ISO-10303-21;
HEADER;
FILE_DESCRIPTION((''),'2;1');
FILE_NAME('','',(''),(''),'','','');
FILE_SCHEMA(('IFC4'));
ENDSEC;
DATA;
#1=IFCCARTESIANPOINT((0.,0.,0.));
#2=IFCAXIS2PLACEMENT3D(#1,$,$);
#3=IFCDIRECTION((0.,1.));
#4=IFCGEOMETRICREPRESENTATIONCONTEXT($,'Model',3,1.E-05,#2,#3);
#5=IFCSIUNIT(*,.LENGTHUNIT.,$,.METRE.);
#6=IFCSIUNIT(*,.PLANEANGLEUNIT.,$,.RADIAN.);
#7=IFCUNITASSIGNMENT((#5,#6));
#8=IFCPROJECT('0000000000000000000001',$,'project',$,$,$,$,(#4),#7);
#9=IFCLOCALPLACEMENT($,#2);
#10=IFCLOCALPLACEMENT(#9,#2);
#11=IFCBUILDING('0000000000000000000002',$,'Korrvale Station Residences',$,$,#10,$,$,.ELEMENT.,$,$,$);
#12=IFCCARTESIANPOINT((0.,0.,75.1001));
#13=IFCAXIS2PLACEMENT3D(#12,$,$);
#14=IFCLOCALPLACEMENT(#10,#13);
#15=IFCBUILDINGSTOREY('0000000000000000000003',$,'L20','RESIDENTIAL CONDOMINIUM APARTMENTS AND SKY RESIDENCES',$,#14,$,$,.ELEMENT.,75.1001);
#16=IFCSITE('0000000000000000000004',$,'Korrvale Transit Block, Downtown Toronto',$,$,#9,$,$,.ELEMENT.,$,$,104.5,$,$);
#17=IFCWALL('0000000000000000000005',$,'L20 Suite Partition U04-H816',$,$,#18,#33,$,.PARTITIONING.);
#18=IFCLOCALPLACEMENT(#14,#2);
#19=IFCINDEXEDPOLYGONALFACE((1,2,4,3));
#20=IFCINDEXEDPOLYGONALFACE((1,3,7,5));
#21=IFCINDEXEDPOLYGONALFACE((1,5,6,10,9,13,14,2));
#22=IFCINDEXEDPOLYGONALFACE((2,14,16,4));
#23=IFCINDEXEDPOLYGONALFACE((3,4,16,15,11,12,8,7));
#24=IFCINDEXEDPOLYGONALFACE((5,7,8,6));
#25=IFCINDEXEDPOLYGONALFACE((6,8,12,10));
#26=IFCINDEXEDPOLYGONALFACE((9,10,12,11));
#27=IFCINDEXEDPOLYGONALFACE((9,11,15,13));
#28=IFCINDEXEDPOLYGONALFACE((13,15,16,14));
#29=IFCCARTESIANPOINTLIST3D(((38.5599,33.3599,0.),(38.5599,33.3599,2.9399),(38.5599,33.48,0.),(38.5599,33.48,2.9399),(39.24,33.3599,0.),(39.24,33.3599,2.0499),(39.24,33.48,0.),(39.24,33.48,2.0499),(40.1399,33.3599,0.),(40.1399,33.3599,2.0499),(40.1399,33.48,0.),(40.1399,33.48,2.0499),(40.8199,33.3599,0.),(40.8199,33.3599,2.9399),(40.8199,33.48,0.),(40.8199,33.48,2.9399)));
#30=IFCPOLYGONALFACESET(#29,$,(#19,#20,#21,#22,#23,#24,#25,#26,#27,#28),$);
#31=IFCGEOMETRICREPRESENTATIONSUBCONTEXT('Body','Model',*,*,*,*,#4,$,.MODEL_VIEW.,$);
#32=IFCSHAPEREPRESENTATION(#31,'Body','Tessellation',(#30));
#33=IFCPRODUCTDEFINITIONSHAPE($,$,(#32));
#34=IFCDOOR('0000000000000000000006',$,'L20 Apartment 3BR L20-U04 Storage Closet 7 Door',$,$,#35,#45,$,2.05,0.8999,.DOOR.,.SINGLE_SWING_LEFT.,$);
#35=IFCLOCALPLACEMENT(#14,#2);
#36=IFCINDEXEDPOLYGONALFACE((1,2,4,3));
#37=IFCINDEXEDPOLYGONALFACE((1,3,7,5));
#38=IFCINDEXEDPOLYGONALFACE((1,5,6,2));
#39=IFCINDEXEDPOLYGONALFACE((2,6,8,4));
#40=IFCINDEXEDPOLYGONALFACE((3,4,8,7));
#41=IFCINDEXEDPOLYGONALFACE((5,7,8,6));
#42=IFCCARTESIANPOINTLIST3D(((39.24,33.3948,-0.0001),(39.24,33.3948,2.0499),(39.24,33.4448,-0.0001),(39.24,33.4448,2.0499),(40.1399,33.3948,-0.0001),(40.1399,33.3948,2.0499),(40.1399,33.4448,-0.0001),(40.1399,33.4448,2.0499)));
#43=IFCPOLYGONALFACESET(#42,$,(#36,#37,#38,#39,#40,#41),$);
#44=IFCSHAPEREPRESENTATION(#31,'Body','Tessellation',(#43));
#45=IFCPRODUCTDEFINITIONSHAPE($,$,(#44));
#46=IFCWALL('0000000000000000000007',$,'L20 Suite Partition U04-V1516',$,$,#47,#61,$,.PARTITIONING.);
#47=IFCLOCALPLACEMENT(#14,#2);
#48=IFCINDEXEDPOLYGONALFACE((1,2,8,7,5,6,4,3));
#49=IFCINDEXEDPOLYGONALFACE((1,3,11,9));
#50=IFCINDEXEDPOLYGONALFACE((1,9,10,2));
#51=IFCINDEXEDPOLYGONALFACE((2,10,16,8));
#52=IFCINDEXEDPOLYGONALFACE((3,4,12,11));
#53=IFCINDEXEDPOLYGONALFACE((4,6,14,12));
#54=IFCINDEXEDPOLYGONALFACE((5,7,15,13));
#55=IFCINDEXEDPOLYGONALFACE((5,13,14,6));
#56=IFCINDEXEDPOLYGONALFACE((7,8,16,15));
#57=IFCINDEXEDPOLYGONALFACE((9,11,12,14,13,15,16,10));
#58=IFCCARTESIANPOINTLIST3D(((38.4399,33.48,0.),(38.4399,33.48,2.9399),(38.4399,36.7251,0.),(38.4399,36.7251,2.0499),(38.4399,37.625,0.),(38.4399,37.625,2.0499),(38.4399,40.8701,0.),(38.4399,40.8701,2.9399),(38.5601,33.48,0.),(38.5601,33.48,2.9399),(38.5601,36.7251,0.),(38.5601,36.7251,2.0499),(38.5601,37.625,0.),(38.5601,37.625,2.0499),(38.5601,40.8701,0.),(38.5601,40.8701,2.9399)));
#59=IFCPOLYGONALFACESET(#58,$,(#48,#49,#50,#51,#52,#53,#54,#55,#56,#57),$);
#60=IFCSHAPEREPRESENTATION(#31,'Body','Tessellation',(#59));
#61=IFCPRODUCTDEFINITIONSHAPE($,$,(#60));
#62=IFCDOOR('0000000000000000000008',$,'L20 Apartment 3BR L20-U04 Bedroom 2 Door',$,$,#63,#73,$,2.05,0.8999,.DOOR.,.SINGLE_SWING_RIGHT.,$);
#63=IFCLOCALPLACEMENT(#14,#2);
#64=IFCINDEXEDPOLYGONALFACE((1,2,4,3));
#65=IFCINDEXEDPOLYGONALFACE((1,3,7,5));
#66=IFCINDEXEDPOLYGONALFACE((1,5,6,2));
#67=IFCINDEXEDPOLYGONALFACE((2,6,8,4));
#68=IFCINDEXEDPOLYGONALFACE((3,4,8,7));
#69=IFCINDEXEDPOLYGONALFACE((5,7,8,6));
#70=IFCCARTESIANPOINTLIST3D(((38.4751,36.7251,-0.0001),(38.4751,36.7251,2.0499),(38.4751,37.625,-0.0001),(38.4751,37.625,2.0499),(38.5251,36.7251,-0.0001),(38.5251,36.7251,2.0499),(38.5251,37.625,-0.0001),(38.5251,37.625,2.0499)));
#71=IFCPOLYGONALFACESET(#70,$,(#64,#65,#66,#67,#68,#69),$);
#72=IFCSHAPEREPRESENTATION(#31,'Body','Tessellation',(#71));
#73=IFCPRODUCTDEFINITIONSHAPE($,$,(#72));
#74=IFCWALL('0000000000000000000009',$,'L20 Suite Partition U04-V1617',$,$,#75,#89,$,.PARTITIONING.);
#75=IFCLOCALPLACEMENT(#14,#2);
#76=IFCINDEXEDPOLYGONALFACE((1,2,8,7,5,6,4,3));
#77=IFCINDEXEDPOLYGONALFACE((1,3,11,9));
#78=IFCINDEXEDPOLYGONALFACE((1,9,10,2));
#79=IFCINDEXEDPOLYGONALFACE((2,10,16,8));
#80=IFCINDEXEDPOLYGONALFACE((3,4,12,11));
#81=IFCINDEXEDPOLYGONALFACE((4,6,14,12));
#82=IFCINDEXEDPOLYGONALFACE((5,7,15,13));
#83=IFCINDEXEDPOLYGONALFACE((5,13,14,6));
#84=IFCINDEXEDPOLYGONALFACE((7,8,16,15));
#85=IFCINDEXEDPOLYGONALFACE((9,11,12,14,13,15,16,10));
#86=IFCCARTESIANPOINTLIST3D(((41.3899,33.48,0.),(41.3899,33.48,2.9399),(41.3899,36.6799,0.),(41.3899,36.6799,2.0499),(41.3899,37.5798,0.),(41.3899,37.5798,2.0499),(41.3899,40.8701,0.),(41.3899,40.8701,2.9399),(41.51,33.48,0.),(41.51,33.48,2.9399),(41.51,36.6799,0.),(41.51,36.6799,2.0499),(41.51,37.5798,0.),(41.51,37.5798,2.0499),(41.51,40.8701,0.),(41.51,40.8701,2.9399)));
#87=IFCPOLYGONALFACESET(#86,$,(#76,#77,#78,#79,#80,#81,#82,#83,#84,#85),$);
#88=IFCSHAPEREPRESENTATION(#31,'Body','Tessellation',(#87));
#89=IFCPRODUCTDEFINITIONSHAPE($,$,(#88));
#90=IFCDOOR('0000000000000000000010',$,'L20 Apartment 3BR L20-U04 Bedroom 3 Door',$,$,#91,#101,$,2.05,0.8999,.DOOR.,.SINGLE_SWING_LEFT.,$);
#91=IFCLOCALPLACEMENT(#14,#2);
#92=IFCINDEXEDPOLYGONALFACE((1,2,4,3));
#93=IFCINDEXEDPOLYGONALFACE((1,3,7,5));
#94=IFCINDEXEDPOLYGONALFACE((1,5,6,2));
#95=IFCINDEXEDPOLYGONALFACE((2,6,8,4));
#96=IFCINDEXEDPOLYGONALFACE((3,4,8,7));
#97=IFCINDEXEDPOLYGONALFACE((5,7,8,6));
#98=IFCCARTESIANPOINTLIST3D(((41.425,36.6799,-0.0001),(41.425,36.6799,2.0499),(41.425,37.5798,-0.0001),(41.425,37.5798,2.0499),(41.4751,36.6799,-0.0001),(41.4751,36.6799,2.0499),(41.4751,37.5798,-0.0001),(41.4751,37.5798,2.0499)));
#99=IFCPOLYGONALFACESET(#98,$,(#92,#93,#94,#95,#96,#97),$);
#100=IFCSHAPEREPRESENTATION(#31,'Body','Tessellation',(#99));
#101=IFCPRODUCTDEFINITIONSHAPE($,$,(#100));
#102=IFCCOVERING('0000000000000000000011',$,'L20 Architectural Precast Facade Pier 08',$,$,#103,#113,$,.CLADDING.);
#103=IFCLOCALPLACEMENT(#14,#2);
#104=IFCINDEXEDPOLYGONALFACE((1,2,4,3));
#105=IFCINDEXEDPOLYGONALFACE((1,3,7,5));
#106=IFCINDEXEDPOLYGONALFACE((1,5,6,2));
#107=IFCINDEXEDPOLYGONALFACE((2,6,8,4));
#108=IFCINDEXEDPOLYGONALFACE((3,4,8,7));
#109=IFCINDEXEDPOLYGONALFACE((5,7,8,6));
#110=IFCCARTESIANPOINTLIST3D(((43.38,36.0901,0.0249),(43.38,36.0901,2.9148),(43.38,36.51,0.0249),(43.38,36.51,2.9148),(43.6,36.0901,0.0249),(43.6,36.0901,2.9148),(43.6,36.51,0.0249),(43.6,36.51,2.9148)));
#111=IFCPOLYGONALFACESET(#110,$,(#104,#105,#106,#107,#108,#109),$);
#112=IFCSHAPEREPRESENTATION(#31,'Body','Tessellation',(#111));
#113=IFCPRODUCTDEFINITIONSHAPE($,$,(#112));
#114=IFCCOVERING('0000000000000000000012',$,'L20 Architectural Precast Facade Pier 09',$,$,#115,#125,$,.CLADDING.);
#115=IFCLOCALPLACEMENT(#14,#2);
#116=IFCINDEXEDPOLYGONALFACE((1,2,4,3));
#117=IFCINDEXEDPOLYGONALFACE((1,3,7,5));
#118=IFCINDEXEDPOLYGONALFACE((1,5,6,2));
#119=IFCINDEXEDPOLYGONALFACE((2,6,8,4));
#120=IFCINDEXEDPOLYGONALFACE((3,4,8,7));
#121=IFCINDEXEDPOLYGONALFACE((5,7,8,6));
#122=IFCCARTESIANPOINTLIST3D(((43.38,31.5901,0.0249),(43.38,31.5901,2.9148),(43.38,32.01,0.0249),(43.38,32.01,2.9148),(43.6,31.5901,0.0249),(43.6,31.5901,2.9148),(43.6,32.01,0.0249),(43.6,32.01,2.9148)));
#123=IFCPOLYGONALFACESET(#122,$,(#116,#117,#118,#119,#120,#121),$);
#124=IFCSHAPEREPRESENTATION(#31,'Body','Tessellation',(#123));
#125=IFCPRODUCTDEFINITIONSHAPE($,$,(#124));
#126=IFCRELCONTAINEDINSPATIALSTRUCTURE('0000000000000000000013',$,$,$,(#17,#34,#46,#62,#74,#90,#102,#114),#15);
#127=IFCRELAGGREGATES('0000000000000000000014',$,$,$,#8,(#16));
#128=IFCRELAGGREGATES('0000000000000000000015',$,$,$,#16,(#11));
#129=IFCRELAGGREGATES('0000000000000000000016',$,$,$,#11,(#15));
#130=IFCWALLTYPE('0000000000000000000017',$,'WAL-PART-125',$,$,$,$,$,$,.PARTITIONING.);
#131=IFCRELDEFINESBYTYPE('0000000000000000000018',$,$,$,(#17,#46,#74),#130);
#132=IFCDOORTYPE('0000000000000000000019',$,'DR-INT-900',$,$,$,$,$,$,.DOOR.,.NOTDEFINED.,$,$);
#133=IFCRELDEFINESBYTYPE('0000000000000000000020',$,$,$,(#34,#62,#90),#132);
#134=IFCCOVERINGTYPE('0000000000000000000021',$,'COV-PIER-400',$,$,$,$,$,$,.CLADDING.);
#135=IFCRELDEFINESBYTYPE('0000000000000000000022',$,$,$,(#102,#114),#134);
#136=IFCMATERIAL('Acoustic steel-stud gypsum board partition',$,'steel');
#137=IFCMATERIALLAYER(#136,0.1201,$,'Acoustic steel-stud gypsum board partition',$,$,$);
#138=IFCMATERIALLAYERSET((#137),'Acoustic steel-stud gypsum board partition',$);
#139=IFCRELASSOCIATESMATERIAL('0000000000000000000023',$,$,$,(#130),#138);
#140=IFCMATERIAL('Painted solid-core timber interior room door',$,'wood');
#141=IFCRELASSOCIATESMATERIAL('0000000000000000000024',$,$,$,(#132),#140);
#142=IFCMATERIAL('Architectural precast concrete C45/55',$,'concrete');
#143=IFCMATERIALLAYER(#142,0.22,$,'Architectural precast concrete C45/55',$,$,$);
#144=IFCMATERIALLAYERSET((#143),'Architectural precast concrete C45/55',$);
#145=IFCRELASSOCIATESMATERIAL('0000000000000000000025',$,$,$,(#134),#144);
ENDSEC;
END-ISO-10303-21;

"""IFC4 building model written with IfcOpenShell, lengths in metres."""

from ifc_helpers import new_model, si_unit, direction, frame, frame_2d, origin, origin_2d, place, context, subcontext, project, spatial, rectangle, extrude, material, layer, layer_set, type_object, element, fill, save


model = new_model("IFC4")

# Units and contexts
model_context = context("Model", 3, precision=1e-05, world=origin(), true_north=direction((0.0, 1.0)))
body_context = subcontext(model_context, "Body", "Model", "MODEL_VIEW")
ifc_project = project(units=[si_unit("LENGTHUNIT", "METRE"), si_unit("PLANEANGLEUNIT", "RADIAN")], contexts=[model_context])

# Site, building, storey
site_placement = place(None, origin())
site = spatial("IfcSite", under=ifc_project, at=site_placement, Name="Korrvale Transit Block, Downtown Toronto", CompositionType="ELEMENT", RefElevation=104.5)
building_placement = place(site_placement, origin())
building = spatial("IfcBuilding", under=site, at=building_placement, Name="Korrvale Station Residences", CompositionType="ELEMENT")
storey_placement = place(building_placement, frame((0.0, 0.0, 75.1001)))
storey = spatial("IfcBuildingStorey", under=building, at=storey_placement, Name="L20", Description="RESIDENTIAL CONDOMINIUM APARTMENTS AND SKY RESIDENCES", CompositionType="ELEMENT", Elevation=75.1001)

# Walls, openings, doors
ifc_material_1 = material(Name="Acoustic steel-stud gypsum board partition", Category="steel")
ifc_layer_1 = layer(ifc_material_1, 0.1201, Name="Acoustic steel-stud gypsum board partition")
ifc_layer_set_1 = layer_set([ifc_layer_1], Name="Acoustic steel-stud gypsum board partition")
wall_type_1 = type_object("IfcWallType", Name="WAL-PART-125", PredefinedType="PARTITIONING", material=ifc_layer_set_1)
wall_1_placement = place(storey_placement, frame((38.5601, 33.4199, 0.0), z_axis=(0.0, 0.0, 1.0), x_axis=(1.0, 0.0, 0.0)))
wall_1 = element("IfcWall", 1, at=wall_1_placement, inside=storey, type_object=wall_type_1, Name="L20 Suite Partition U04-H816", PredefinedType="PARTITIONING", context=body_context, shape_type="SweptSolid", body=[
    extrude(rectangle(XDim=2.26, YDim=0.1201, at=frame_2d((1.1299, 0.0))), origin(), (0.0, 0.0, 1.0), 2.9399),
])
opening_1_placement = place(wall_1_placement, frame((0.6799, 0.0, 0.0)))
opening_1 = element("IfcOpeningElement", 2, at=opening_1_placement, cuts=wall_1, PredefinedType="OPENING", context=body_context, shape_type="SweptSolid", body=[
    extrude(rectangle(XDim=0.8999, YDim=2.05, at=frame_2d((0.45, 1.0249))), frame((0.0, 0.0701, 0.0), z_axis=(0.0, -1.0, 0.0), x_axis=(1.0, 0.0, 0.0)), (0.0, 0.0, 1.0), 0.1401),
])
ifc_material_2 = material(Name="Painted solid-core timber interior room door", Category="wood")
door_type = type_object("IfcDoorType", Name="DR-INT-900", OperationType="NOTDEFINED", PredefinedType="DOOR", material=ifc_material_2)
door_1_placement = place(opening_1_placement, origin())
door_1 = element("IfcDoor", 3, at=door_1_placement, inside=storey, type_object=door_type, Name="L20 Apartment 3BR L20-U04 Storage Closet 7 Door", OperationType="SINGLE_SWING_LEFT", OverallHeight=2.05, OverallWidth=0.8999, PredefinedType="DOOR", context=body_context, shape_type="SweptSolid", body=[
    extrude(rectangle(XDim=0.8999, YDim=2.05, at=frame_2d((0.45, 1.0249))), frame((0.0, 0.0249, 0.0), z_axis=(0.0, -1.0, 0.0), x_axis=(1.0, 0.0, 0.0)), (0.0, 0.0, 1.0), 0.05),
])
fill(opening_1, door_1)
wall_2_placement = place(storey_placement, frame((38.5, 33.48, 0.0), z_axis=(0.0, 0.0, 1.0), x_axis=(0.0, 1.0, 0.0)))
wall_2 = element("IfcWall", 4, at=wall_2_placement, inside=storey, type_object=wall_type_1, Name="L20 Suite Partition U04-V1516", PredefinedType="PARTITIONING", context=body_context, shape_type="SweptSolid", body=[
    extrude(rectangle(XDim=7.3901, YDim=0.1201, at=frame_2d((3.6951, 0.0))), origin(), (0.0, 0.0, 1.0), 2.9399),
])
opening_2_placement = place(wall_2_placement, frame((3.2451, 0.0, 0.0)))
opening_2 = element("IfcOpeningElement", 5, at=opening_2_placement, cuts=wall_2, PredefinedType="OPENING", context=body_context, shape_type="SweptSolid", body=[
    extrude(rectangle(XDim=0.8999, YDim=2.05, at=frame_2d((0.45, 1.0249))), frame((0.0, 0.0701, 0.0), z_axis=(0.0, -1.0, 0.0), x_axis=(1.0, 0.0, 0.0)), (0.0, 0.0, 1.0), 0.1401),
])
door_2_placement = place(opening_2_placement, origin())
door_2 = element("IfcDoor", 6, at=door_2_placement, inside=storey, type_object=door_type, Name="L20 Apartment 3BR L20-U04 Bedroom 2 Door", OperationType="SINGLE_SWING_RIGHT", OverallHeight=2.05, OverallWidth=0.8999, PredefinedType="DOOR", context=body_context, shape_type="SweptSolid", body=[
    extrude(rectangle(XDim=0.8999, YDim=2.05, at=frame_2d((0.45, 1.0249))), frame((0.0, 0.0249, 0.0), z_axis=(0.0, -1.0, 0.0), x_axis=(1.0, 0.0, 0.0)), (0.0, 0.0, 1.0), 0.05),
])
fill(opening_2, door_2)
wall_3_placement = place(storey_placement, frame((41.45, 33.48, 0.0), z_axis=(0.0, 0.0, 1.0), x_axis=(0.0, 1.0, 0.0)))
wall_3 = element("IfcWall", 7, at=wall_3_placement, inside=storey, type_object=wall_type_1, Name="L20 Suite Partition U04-V1617", PredefinedType="PARTITIONING", context=body_context, shape_type="SweptSolid", body=[
    extrude(rectangle(XDim=7.3901, YDim=0.1201, at=frame_2d((3.6951, 0.0))), origin(), (0.0, 0.0, 1.0), 2.9399),
])
opening_3_placement = place(wall_3_placement, frame((3.2, 0.0, 0.0)))
opening_3 = element("IfcOpeningElement", 8, at=opening_3_placement, cuts=wall_3, PredefinedType="OPENING", context=body_context, shape_type="SweptSolid", body=[
    extrude(rectangle(XDim=0.8999, YDim=2.05, at=frame_2d((0.45, 1.0249))), frame((0.0, 0.0701, 0.0), z_axis=(0.0, -1.0, 0.0), x_axis=(1.0, 0.0, 0.0)), (0.0, 0.0, 1.0), 0.1401),
])
door_3_placement = place(opening_3_placement, origin())
door_3 = element("IfcDoor", 9, at=door_3_placement, inside=storey, type_object=door_type, Name="L20 Apartment 3BR L20-U04 Bedroom 3 Door", OperationType="SINGLE_SWING_LEFT", OverallHeight=2.05, OverallWidth=0.8999, PredefinedType="DOOR", context=body_context, shape_type="SweptSolid", body=[
    extrude(rectangle(XDim=0.8999, YDim=2.05, at=frame_2d((0.45, 1.0249))), frame((0.0, 0.0249, 0.0), z_axis=(0.0, -1.0, 0.0), x_axis=(1.0, 0.0, 0.0)), (0.0, 0.0, 1.0), 0.05),
])
fill(opening_3, door_3)

# Coverings
ifc_material_3 = material(Name="Architectural precast concrete C45/55", Category="concrete")
ifc_layer_2 = layer(ifc_material_3, 0.22, Name="Architectural precast concrete C45/55")
ifc_layer_set_2 = layer_set([ifc_layer_2], Name="Architectural precast concrete C45/55")
covering_type = type_object("IfcCoveringType", Name="COV-PIER-400", PredefinedType="CLADDING", material=ifc_layer_set_2)
for number, where, z_axis, x_axis, name in (
    (10, (43.49, 36.3, 0.0249), (0.0, 0.0, 1.0), (0.0, 1.0, 0.0), "L20 Architectural Precast Facade Pier 08"),
    (11, (43.49, 31.8, 0.0249), (0.0, 0.0, 1.0), (0.0, 1.0, 0.0), "L20 Architectural Precast Facade Pier 09"),
):
    element("IfcCovering", number, at=place(storey_placement, frame(where, z_axis=z_axis, x_axis=x_axis)), inside=storey, type_object=covering_type, Name=name, PredefinedType="CLADDING", context=body_context, shape_type="SweptSolid", body=[
        extrude(rectangle(XDim=0.4199, YDim=0.22, at=origin_2d()), origin(), (0.0, 0.0, 1.0), 2.8899),
    ])

save(model, "model.ifc")
